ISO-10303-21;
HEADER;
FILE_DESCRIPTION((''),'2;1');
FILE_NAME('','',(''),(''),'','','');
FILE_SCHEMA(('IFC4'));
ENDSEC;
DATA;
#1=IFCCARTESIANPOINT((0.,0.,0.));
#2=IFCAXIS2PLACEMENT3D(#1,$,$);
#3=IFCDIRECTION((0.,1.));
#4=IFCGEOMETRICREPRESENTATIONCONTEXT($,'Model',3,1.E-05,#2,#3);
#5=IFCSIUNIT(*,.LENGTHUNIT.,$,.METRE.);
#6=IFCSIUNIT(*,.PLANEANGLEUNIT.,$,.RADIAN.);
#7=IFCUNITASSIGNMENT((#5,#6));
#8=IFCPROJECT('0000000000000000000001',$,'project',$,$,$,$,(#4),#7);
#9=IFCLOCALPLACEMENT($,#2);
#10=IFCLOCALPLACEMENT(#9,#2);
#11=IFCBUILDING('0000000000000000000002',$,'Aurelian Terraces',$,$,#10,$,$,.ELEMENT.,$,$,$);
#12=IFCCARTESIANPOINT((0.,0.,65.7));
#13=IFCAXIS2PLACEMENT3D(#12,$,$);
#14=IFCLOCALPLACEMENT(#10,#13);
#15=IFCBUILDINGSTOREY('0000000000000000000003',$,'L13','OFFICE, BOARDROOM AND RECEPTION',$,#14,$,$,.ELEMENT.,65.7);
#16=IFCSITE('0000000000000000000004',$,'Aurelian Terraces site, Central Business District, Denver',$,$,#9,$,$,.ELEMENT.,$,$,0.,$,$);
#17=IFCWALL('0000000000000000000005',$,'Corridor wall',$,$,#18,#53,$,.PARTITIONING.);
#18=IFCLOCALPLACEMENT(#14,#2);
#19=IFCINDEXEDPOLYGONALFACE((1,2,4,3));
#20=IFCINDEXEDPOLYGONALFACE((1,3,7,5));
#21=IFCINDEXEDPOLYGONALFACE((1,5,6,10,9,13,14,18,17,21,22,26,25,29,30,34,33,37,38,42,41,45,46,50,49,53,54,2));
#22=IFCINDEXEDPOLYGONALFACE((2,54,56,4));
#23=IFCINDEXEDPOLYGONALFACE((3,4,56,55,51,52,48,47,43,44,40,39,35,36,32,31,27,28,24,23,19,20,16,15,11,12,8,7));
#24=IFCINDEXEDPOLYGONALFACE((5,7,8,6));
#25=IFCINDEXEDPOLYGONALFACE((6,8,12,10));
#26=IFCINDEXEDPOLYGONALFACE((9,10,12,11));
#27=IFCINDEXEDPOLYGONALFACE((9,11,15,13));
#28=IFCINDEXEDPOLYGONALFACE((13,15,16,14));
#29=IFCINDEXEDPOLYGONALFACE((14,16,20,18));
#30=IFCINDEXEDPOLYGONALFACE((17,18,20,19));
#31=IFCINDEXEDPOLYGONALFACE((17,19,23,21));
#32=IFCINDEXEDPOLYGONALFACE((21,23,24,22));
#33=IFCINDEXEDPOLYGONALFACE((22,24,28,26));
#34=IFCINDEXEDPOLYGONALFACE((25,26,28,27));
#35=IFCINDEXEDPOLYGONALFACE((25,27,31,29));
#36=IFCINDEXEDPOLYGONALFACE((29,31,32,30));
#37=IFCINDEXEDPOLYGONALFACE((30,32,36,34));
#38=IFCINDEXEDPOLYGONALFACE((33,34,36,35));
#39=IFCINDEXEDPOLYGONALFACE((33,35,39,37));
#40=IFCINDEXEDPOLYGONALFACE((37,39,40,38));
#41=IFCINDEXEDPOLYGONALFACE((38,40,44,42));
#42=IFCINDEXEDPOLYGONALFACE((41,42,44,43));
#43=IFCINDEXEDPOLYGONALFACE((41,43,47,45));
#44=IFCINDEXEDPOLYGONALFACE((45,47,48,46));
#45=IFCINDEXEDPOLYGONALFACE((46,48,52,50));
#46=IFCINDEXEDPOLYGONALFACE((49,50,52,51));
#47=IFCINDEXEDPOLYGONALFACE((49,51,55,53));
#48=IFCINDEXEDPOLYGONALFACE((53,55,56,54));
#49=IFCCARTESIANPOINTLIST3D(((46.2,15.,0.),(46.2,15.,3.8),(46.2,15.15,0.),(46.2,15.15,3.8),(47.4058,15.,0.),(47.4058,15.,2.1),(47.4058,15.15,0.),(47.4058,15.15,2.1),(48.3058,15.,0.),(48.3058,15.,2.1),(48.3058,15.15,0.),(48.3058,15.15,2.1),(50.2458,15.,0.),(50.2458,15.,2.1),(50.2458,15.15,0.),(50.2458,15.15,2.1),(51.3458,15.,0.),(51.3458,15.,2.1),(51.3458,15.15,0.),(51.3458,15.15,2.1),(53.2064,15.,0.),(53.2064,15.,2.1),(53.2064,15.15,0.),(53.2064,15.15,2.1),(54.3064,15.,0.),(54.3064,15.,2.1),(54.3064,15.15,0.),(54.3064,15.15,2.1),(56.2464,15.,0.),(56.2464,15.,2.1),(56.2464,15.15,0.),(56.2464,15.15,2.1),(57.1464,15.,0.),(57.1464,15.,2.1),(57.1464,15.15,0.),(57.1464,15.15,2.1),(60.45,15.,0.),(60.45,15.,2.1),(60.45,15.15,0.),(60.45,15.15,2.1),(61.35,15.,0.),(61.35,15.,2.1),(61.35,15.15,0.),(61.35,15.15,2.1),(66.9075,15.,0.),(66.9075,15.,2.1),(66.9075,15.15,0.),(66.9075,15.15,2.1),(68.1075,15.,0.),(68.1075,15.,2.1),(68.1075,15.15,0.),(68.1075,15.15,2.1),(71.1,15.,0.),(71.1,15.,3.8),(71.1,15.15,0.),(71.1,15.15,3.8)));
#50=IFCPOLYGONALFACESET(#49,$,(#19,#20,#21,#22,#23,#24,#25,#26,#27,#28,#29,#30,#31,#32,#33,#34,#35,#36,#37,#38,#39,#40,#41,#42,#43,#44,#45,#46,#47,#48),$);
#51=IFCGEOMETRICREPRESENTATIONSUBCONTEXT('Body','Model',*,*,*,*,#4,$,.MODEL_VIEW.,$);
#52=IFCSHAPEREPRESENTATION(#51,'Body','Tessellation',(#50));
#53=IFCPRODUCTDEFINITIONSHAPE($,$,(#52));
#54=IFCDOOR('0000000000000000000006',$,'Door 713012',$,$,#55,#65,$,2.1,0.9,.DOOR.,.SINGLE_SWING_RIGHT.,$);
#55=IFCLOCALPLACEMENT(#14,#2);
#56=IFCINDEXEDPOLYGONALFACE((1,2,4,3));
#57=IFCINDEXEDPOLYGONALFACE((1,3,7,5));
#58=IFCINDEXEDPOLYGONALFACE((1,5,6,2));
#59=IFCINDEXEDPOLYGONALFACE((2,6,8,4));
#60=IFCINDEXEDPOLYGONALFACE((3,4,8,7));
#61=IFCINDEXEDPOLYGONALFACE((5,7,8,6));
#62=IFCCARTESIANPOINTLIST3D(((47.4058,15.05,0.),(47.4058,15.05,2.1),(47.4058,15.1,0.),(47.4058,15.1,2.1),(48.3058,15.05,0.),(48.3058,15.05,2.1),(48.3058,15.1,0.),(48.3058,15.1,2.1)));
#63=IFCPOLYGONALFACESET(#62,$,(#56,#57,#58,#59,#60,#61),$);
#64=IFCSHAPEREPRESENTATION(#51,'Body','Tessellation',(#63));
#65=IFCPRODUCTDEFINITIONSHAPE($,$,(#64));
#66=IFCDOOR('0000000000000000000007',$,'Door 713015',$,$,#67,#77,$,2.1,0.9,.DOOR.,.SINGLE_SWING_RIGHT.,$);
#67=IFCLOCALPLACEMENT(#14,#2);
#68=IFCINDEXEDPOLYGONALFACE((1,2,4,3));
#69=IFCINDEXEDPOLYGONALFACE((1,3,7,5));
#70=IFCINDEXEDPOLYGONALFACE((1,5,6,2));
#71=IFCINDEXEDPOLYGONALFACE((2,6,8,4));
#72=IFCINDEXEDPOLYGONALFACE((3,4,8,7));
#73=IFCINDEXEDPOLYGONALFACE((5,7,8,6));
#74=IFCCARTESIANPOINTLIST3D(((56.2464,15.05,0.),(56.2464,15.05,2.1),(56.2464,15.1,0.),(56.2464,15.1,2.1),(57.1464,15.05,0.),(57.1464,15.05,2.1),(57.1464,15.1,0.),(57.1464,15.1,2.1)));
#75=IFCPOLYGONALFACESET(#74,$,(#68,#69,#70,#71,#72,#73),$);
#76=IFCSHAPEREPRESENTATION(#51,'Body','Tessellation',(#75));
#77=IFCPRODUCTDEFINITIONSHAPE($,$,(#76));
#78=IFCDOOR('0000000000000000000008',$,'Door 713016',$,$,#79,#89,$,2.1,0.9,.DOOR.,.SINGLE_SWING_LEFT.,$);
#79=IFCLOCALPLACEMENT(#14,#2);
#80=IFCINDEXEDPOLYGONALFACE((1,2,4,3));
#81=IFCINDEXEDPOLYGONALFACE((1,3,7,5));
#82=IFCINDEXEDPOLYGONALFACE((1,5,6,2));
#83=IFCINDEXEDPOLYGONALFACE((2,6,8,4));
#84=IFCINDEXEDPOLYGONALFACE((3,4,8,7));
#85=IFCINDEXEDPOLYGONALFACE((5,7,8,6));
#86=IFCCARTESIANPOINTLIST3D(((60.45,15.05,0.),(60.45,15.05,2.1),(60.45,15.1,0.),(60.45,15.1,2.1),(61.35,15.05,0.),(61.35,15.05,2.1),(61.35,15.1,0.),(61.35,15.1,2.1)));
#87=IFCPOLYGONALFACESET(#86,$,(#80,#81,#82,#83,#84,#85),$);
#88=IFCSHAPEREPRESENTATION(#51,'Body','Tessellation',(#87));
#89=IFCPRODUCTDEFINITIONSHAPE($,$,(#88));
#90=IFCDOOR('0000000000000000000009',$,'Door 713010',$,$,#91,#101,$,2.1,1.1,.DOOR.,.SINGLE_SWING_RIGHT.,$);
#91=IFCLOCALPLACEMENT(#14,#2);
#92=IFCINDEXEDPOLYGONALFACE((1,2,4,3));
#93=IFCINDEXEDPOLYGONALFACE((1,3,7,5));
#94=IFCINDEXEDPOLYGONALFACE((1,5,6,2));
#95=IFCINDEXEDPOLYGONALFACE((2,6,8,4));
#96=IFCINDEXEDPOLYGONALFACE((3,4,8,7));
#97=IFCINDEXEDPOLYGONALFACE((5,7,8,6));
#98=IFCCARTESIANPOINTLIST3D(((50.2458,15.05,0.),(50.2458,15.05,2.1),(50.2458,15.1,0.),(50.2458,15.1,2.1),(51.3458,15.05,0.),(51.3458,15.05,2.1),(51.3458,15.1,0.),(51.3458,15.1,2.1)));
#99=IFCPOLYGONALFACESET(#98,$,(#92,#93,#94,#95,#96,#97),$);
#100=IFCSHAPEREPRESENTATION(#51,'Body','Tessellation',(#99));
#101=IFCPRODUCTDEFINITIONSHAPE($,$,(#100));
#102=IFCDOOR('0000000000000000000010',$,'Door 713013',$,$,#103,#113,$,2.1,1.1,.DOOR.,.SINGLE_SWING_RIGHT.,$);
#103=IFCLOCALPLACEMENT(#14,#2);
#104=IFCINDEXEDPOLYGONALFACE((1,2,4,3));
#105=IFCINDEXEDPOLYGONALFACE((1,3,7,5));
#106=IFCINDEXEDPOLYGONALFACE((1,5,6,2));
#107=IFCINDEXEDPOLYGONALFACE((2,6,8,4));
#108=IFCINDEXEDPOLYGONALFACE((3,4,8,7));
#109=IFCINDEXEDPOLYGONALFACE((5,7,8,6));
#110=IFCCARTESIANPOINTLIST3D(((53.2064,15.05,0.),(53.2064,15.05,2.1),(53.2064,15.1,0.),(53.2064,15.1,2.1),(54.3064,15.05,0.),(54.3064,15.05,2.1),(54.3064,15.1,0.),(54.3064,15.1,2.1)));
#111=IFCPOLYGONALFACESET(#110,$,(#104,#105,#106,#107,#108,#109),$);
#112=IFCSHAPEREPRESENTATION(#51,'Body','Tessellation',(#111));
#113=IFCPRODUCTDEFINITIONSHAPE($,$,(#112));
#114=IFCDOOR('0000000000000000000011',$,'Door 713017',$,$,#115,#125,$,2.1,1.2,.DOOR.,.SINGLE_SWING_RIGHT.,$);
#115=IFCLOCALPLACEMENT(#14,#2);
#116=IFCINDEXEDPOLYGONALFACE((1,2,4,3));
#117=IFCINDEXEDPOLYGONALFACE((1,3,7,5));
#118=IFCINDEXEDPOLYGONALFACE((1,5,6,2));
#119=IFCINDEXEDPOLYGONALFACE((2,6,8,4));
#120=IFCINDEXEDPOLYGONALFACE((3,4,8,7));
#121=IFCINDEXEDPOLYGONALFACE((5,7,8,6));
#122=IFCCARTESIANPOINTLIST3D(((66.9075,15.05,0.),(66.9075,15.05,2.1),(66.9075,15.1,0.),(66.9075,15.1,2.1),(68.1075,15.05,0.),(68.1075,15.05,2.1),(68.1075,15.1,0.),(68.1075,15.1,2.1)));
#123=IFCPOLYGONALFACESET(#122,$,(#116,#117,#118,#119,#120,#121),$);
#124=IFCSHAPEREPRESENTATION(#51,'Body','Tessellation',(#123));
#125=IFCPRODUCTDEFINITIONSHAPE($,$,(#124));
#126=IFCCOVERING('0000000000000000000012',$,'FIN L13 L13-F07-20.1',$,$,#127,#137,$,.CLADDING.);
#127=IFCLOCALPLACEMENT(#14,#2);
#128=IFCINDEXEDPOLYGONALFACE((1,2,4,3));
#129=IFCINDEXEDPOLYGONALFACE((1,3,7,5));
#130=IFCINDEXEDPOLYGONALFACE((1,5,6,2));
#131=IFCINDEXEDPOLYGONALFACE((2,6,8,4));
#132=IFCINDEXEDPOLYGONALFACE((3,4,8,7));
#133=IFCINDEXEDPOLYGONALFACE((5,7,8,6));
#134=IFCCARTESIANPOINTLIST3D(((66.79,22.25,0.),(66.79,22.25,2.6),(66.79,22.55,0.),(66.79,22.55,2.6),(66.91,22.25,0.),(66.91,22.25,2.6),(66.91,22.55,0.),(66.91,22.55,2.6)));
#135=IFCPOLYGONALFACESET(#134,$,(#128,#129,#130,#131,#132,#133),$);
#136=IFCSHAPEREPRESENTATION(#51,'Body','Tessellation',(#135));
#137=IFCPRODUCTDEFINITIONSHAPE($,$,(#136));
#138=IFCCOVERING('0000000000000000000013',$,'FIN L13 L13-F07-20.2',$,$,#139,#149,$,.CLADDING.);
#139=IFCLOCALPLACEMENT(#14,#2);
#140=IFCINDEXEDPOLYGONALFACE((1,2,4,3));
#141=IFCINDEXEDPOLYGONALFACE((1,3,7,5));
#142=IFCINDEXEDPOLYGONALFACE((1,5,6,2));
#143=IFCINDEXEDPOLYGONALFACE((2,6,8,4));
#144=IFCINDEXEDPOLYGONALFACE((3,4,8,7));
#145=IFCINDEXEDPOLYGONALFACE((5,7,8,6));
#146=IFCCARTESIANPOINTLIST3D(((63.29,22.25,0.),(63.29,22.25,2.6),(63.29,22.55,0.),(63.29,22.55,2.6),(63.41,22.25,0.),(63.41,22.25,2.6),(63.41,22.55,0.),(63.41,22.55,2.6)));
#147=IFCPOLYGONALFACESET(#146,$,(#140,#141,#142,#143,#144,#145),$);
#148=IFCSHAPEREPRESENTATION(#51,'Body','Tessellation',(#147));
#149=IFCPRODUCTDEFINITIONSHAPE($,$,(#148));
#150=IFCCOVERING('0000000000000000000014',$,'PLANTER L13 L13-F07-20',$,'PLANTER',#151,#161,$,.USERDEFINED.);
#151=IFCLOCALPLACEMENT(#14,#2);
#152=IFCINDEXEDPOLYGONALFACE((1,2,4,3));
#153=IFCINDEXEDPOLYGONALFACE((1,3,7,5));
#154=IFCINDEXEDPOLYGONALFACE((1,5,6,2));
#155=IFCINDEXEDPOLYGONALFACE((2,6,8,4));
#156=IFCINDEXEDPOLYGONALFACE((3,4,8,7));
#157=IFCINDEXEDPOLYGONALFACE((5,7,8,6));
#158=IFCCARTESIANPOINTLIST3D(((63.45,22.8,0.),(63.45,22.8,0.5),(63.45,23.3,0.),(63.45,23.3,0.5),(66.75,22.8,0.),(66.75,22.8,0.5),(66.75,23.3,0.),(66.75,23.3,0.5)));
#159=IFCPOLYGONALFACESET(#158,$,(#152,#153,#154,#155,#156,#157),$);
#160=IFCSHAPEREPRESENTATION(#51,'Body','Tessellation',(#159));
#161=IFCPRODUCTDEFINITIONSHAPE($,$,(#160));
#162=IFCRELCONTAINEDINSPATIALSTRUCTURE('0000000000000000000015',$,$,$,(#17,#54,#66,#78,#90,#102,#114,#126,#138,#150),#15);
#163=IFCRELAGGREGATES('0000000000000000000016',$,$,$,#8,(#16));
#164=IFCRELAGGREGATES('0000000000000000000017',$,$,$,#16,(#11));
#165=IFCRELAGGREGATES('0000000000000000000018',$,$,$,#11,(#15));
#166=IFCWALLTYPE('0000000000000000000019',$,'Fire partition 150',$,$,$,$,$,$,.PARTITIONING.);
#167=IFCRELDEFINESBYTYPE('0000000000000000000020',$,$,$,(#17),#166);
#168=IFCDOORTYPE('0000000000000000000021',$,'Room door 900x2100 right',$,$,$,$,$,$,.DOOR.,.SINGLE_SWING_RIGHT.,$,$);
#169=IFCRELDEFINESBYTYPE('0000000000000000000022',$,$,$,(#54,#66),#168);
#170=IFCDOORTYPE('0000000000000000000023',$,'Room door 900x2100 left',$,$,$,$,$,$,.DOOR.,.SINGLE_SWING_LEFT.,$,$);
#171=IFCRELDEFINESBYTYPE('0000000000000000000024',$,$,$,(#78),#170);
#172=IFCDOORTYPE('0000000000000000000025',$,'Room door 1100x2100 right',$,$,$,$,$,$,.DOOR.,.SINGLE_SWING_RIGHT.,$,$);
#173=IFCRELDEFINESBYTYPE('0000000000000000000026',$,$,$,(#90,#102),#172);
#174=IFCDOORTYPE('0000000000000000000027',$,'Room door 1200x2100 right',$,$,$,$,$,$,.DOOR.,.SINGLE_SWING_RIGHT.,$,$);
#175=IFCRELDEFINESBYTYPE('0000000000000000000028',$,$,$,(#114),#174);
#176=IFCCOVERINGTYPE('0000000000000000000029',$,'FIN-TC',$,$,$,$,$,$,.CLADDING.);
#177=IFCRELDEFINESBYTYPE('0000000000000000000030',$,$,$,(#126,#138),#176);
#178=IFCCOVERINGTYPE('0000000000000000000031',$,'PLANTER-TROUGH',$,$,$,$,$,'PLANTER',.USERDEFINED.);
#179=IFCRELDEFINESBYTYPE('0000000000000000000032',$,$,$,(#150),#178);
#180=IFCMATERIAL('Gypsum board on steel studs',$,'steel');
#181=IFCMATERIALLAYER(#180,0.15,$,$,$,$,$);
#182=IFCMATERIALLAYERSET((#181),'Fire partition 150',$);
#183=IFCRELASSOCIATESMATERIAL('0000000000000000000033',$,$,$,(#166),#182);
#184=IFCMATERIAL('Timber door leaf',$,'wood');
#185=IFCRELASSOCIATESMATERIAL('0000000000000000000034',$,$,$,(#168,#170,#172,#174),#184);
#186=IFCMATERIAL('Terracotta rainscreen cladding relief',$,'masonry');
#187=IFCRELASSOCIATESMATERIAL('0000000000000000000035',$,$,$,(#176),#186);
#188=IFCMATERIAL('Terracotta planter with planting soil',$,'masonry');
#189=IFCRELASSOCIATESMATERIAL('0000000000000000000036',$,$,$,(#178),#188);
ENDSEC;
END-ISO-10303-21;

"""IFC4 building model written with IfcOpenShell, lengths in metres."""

from ifc_helpers import new_model, si_unit, direction, frame, frame_2d, origin, origin_2d, place, context, subcontext, project, spatial, rectangle, extrude, source, transform, mapped, material, layer, layer_set, type_object, element, fill, save


model = new_model("IFC4")

# Units and contexts
model_context = context("Model", 3, precision=1e-05, world=origin(), true_north=direction((0.0, 1.0)))
body_context = subcontext(model_context, "Body", "Model", "MODEL_VIEW")
ifc_project = project(units=[si_unit("LENGTHUNIT", "METRE"), si_unit("PLANEANGLEUNIT", "RADIAN")], contexts=[model_context])

# Site, building, storey
site_placement = place(None, origin())
site = spatial("IfcSite", under=ifc_project, at=site_placement, Name="Aurelian Terraces site, Central Business District, Denver", CompositionType="ELEMENT", RefElevation=0.0)
building_placement = place(site_placement, origin())
building = spatial("IfcBuilding", under=site, at=building_placement, Name="Aurelian Terraces", CompositionType="ELEMENT")
storey_placement = place(building_placement, frame((0.0, 0.0, 65.7)))
storey = spatial("IfcBuildingStorey", under=building, at=storey_placement, Name="L13", Description="OFFICE, BOARDROOM AND RECEPTION", CompositionType="ELEMENT", Elevation=65.7)

# Wall, openings, doors
ifc_material_1 = material(Name="Gypsum board on steel studs", Category="steel")
ifc_layer_1 = layer(ifc_material_1, 0.15)
ifc_layer_set_1 = layer_set([ifc_layer_1], Name="Fire partition 150")
wall_type_1 = type_object("IfcWallType", Name="Fire partition 150", PredefinedType="PARTITIONING", material=ifc_layer_set_1)
shared_shape_1 = source(origin(), body_context, "Body", "SweptSolid", [
    extrude(rectangle(XDim=24.9, YDim=0.15, at=frame_2d((12.45, 0.0))), origin(), (0.0, 0.0, 1.0), 3.8),
])
wall_1_placement = place(storey_placement, frame((71.1, 15.075, 0.0), z_axis=(0.0, 0.0, 1.0), x_axis=(-1.0, 0.0, 0.0)))
wall_1 = element("IfcWall", 1, at=wall_1_placement, inside=storey, type_object=wall_type_1, Name="Corridor wall", PredefinedType="PARTITIONING", context=body_context, shape_type="MappedRepresentation", body=[
    mapped(shared_shape_1, transform((0.0, 0.0, 0.0), scale=1.0)),
])
shared_shape_2 = source(origin(), body_context, "Body", "SweptSolid", [
    extrude(rectangle(XDim=1.1, YDim=2.1, at=frame_2d((0.55, 1.05))), frame((0.0, 0.085, 0.0), z_axis=(0.0, -1.0, 0.0), x_axis=(1.0, 0.0, 0.0)), (0.0, 0.0, 1.0), 0.17),
])
opening_1_placement = place(wall_1_placement, frame((19.7542, 0.0, 0.0)))
opening_1 = element("IfcOpeningElement", 2, at=opening_1_placement, cuts=wall_1, PredefinedType="OPENING", context=body_context, shape_type="MappedRepresentation", body=[
    mapped(shared_shape_2, transform((0.0, 0.0, 0.0), scale=1.0)),
])
shared_shape_3 = source(origin(), body_context, "Body", "SweptSolid", [
    extrude(rectangle(XDim=0.9, YDim=2.1, at=frame_2d((0.45, 1.05))), frame((0.0, 0.085, 0.0), z_axis=(0.0, -1.0, 0.0), x_axis=(1.0, 0.0, 0.0)), (0.0, 0.0, 1.0), 0.17),
])
opening_2_placement = place(wall_1_placement, frame((22.7942, 0.0, 0.0)))
opening_2 = element("IfcOpeningElement", 3, at=opening_2_placement, cuts=wall_1, PredefinedType="OPENING", context=body_context, shape_type="MappedRepresentation", body=[
    mapped(shared_shape_3, transform((0.0, 0.0, 0.0), scale=1.0)),
])
opening_3_placement = place(wall_1_placement, frame((16.7936, 0.0, 0.0)))
opening_3 = element("IfcOpeningElement", 4, at=opening_3_placement, cuts=wall_1, PredefinedType="OPENING", context=body_context, shape_type="MappedRepresentation", body=[
    mapped(shared_shape_2, transform((0.0, 0.0, 0.0), scale=1.0)),
])
opening_4_placement = place(wall_1_placement, frame((13.9536, 0.0, 0.0)))
opening_4 = element("IfcOpeningElement", 5, at=opening_4_placement, cuts=wall_1, PredefinedType="OPENING", context=body_context, shape_type="MappedRepresentation", body=[
    mapped(shared_shape_3, transform((0.0, 0.0, 0.0), scale=1.0)),
])
opening_5_placement = place(wall_1_placement, frame((9.75, 0.0, 0.0)))
opening_5 = element("IfcOpeningElement", 6, at=opening_5_placement, cuts=wall_1, PredefinedType="OPENING", context=body_context, shape_type="MappedRepresentation", body=[
    mapped(shared_shape_3, transform((0.0, 0.0, 0.0), scale=1.0)),
])
shared_shape_4 = source(origin(), body_context, "Body", "SweptSolid", [
    extrude(rectangle(XDim=1.2, YDim=2.1, at=frame_2d((0.6, 1.05))), frame((0.0, 0.085, 0.0), z_axis=(0.0, -1.0, 0.0), x_axis=(1.0, 0.0, 0.0)), (0.0, 0.0, 1.0), 0.17),
])
opening_6_placement = place(wall_1_placement, frame((2.9925, 0.0, 0.0)))
opening_6 = element("IfcOpeningElement", 7, at=opening_6_placement, cuts=wall_1, PredefinedType="OPENING", context=body_context, shape_type="MappedRepresentation", body=[
    mapped(shared_shape_4, transform((0.0, 0.0, 0.0), scale=1.0)),
])
ifc_material_2 = material(Name="Timber door leaf", Category="wood")
door_type_1 = type_object("IfcDoorType", Name="Room door 900x2100 right", OperationType="SINGLE_SWING_RIGHT", PredefinedType="DOOR", material=ifc_material_2)
shared_shape_5 = source(origin(), body_context, "Body", "SweptSolid", [
    extrude(rectangle(XDim=0.9, YDim=2.1, at=frame_2d((0.45, 1.05))), frame((0.0, 0.025, 0.0), z_axis=(0.0, -1.0, 0.0), x_axis=(1.0, 0.0, 0.0)), (0.0, 0.0, 1.0), 0.05),
])
door_1_placement = place(opening_2_placement, origin())
door_1 = element("IfcDoor", 8, at=door_1_placement, inside=storey, type_object=door_type_1, Name="Door 713012", OperationType="SINGLE_SWING_RIGHT", OverallHeight=2.1, OverallWidth=0.9, PredefinedType="DOOR", context=body_context, shape_type="MappedRepresentation", body=[
    mapped(shared_shape_5, transform((0.0, 0.0, 0.0), scale=1.0)),
])
fill(opening_2, door_1)
door_2_placement = place(opening_4_placement, origin())
door_2 = element("IfcDoor", 9, at=door_2_placement, inside=storey, type_object=door_type_1, Name="Door 713015", OperationType="SINGLE_SWING_RIGHT", OverallHeight=2.1, OverallWidth=0.9, PredefinedType="DOOR", context=body_context, shape_type="MappedRepresentation", body=[
    mapped(shared_shape_5, transform((0.0, 0.0, 0.0), scale=1.0)),
])
fill(opening_4, door_2)
door_type_2 = type_object("IfcDoorType", Name="Room door 900x2100 left", OperationType="SINGLE_SWING_LEFT", PredefinedType="DOOR", material=ifc_material_2)
door_3_placement = place(opening_5_placement, origin())
door_3 = element("IfcDoor", 10, at=door_3_placement, inside=storey, type_object=door_type_2, Name="Door 713016", OperationType="SINGLE_SWING_LEFT", OverallHeight=2.1, OverallWidth=0.9, PredefinedType="DOOR", context=body_context, shape_type="MappedRepresentation", body=[
    mapped(shared_shape_5, transform((0.0, 0.0, 0.0), scale=1.0)),
])
fill(opening_5, door_3)
door_type_3 = type_object("IfcDoorType", Name="Room door 1100x2100 right", OperationType="SINGLE_SWING_RIGHT", PredefinedType="DOOR", material=ifc_material_2)
shared_shape_6 = source(origin(), body_context, "Body", "SweptSolid", [
    extrude(rectangle(XDim=1.1, YDim=2.1, at=frame_2d((0.55, 1.05))), frame((0.0, 0.025, 0.0), z_axis=(0.0, -1.0, 0.0), x_axis=(1.0, 0.0, 0.0)), (0.0, 0.0, 1.0), 0.05),
])
door_4_placement = place(opening_1_placement, origin())
door_4 = element("IfcDoor", 11, at=door_4_placement, inside=storey, type_object=door_type_3, Name="Door 713010", OperationType="SINGLE_SWING_RIGHT", OverallHeight=2.1, OverallWidth=1.1, PredefinedType="DOOR", context=body_context, shape_type="MappedRepresentation", body=[
    mapped(shared_shape_6, transform((0.0, 0.0, 0.0), scale=1.0)),
])
fill(opening_1, door_4)
door_5_placement = place(opening_3_placement, origin())
door_5 = element("IfcDoor", 12, at=door_5_placement, inside=storey, type_object=door_type_3, Name="Door 713013", OperationType="SINGLE_SWING_RIGHT", OverallHeight=2.1, OverallWidth=1.1, PredefinedType="DOOR", context=body_context, shape_type="MappedRepresentation", body=[
    mapped(shared_shape_6, transform((0.0, 0.0, 0.0), scale=1.0)),
])
fill(opening_3, door_5)
door_type_4 = type_object("IfcDoorType", Name="Room door 1200x2100 right", OperationType="SINGLE_SWING_RIGHT", PredefinedType="DOOR", material=ifc_material_2)
shared_shape_7 = source(origin(), body_context, "Body", "SweptSolid", [
    extrude(rectangle(XDim=1.2, YDim=2.1, at=frame_2d((0.6, 1.05))), frame((0.0, 0.025, 0.0), z_axis=(0.0, -1.0, 0.0), x_axis=(1.0, 0.0, 0.0)), (0.0, 0.0, 1.0), 0.05),
])
door_6_placement = place(opening_6_placement, origin())
door_6 = element("IfcDoor", 13, at=door_6_placement, inside=storey, type_object=door_type_4, Name="Door 713017", OperationType="SINGLE_SWING_RIGHT", OverallHeight=2.1, OverallWidth=1.2, PredefinedType="DOOR", context=body_context, shape_type="MappedRepresentation", body=[
    mapped(shared_shape_7, transform((0.0, 0.0, 0.0), scale=1.0)),
])
fill(opening_6, door_6)

# Coverings
ifc_material_3 = material(Name="Terracotta rainscreen cladding relief", Category="masonry")
covering_type_1 = type_object("IfcCoveringType", Name="FIN-TC", PredefinedType="CLADDING", material=ifc_material_3)
shared_shape_8 = source(origin(), body_context, "Body", "SweptSolid", [
    extrude(rectangle(XDim=0.12, YDim=0.3, at=origin_2d()), origin(), (0.0, 0.0, 1.0), 2.6),
])
for number, where, z_axis, x_axis, name in (
    (14, (66.85, 22.4, 0.0), (0.0, 0.0, 1.0), (1.0, 0.0, 0.0), "FIN L13 L13-F07-20.1"),
    (15, (63.35, 22.4, 0.0), (0.0, 0.0, 1.0), (1.0, 0.0, 0.0), "FIN L13 L13-F07-20.2"),
):
    element("IfcCovering", number, at=place(storey_placement, frame(where, z_axis=z_axis, x_axis=x_axis)), inside=storey, type_object=covering_type_1, Name=name, PredefinedType="CLADDING", context=body_context, shape_type="MappedRepresentation", body=[
        mapped(shared_shape_8, transform((0.0, 0.0, 0.0), scale=1.0)),
    ])

# Covering
ifc_material_4 = material(Name="Terracotta planter with planting soil", Category="masonry")
covering_type_2 = type_object("IfcCoveringType", Name="PLANTER-TROUGH", ElementType="PLANTER", PredefinedType="USERDEFINED", material=ifc_material_4)
shared_shape_9 = source(origin(), body_context, "Body", "SweptSolid", [
    extrude(rectangle(XDim=3.3, YDim=0.5, at=origin_2d()), origin(), (0.0, 0.0, 1.0), 0.5),
])
covering_1_placement = place(storey_placement, frame((65.1, 23.05, 0.0), z_axis=(0.0, 0.0, 1.0), x_axis=(1.0, 0.0, 0.0)))
element("IfcCovering", 16, at=covering_1_placement, inside=storey, type_object=covering_type_2, Name="PLANTER L13 L13-F07-20", ObjectType="PLANTER", PredefinedType="USERDEFINED", context=body_context, shape_type="MappedRepresentation", body=[
    mapped(shared_shape_9, transform((0.0, 0.0, 0.0), scale=1.0)),
])

save(model, "model.ifc")
